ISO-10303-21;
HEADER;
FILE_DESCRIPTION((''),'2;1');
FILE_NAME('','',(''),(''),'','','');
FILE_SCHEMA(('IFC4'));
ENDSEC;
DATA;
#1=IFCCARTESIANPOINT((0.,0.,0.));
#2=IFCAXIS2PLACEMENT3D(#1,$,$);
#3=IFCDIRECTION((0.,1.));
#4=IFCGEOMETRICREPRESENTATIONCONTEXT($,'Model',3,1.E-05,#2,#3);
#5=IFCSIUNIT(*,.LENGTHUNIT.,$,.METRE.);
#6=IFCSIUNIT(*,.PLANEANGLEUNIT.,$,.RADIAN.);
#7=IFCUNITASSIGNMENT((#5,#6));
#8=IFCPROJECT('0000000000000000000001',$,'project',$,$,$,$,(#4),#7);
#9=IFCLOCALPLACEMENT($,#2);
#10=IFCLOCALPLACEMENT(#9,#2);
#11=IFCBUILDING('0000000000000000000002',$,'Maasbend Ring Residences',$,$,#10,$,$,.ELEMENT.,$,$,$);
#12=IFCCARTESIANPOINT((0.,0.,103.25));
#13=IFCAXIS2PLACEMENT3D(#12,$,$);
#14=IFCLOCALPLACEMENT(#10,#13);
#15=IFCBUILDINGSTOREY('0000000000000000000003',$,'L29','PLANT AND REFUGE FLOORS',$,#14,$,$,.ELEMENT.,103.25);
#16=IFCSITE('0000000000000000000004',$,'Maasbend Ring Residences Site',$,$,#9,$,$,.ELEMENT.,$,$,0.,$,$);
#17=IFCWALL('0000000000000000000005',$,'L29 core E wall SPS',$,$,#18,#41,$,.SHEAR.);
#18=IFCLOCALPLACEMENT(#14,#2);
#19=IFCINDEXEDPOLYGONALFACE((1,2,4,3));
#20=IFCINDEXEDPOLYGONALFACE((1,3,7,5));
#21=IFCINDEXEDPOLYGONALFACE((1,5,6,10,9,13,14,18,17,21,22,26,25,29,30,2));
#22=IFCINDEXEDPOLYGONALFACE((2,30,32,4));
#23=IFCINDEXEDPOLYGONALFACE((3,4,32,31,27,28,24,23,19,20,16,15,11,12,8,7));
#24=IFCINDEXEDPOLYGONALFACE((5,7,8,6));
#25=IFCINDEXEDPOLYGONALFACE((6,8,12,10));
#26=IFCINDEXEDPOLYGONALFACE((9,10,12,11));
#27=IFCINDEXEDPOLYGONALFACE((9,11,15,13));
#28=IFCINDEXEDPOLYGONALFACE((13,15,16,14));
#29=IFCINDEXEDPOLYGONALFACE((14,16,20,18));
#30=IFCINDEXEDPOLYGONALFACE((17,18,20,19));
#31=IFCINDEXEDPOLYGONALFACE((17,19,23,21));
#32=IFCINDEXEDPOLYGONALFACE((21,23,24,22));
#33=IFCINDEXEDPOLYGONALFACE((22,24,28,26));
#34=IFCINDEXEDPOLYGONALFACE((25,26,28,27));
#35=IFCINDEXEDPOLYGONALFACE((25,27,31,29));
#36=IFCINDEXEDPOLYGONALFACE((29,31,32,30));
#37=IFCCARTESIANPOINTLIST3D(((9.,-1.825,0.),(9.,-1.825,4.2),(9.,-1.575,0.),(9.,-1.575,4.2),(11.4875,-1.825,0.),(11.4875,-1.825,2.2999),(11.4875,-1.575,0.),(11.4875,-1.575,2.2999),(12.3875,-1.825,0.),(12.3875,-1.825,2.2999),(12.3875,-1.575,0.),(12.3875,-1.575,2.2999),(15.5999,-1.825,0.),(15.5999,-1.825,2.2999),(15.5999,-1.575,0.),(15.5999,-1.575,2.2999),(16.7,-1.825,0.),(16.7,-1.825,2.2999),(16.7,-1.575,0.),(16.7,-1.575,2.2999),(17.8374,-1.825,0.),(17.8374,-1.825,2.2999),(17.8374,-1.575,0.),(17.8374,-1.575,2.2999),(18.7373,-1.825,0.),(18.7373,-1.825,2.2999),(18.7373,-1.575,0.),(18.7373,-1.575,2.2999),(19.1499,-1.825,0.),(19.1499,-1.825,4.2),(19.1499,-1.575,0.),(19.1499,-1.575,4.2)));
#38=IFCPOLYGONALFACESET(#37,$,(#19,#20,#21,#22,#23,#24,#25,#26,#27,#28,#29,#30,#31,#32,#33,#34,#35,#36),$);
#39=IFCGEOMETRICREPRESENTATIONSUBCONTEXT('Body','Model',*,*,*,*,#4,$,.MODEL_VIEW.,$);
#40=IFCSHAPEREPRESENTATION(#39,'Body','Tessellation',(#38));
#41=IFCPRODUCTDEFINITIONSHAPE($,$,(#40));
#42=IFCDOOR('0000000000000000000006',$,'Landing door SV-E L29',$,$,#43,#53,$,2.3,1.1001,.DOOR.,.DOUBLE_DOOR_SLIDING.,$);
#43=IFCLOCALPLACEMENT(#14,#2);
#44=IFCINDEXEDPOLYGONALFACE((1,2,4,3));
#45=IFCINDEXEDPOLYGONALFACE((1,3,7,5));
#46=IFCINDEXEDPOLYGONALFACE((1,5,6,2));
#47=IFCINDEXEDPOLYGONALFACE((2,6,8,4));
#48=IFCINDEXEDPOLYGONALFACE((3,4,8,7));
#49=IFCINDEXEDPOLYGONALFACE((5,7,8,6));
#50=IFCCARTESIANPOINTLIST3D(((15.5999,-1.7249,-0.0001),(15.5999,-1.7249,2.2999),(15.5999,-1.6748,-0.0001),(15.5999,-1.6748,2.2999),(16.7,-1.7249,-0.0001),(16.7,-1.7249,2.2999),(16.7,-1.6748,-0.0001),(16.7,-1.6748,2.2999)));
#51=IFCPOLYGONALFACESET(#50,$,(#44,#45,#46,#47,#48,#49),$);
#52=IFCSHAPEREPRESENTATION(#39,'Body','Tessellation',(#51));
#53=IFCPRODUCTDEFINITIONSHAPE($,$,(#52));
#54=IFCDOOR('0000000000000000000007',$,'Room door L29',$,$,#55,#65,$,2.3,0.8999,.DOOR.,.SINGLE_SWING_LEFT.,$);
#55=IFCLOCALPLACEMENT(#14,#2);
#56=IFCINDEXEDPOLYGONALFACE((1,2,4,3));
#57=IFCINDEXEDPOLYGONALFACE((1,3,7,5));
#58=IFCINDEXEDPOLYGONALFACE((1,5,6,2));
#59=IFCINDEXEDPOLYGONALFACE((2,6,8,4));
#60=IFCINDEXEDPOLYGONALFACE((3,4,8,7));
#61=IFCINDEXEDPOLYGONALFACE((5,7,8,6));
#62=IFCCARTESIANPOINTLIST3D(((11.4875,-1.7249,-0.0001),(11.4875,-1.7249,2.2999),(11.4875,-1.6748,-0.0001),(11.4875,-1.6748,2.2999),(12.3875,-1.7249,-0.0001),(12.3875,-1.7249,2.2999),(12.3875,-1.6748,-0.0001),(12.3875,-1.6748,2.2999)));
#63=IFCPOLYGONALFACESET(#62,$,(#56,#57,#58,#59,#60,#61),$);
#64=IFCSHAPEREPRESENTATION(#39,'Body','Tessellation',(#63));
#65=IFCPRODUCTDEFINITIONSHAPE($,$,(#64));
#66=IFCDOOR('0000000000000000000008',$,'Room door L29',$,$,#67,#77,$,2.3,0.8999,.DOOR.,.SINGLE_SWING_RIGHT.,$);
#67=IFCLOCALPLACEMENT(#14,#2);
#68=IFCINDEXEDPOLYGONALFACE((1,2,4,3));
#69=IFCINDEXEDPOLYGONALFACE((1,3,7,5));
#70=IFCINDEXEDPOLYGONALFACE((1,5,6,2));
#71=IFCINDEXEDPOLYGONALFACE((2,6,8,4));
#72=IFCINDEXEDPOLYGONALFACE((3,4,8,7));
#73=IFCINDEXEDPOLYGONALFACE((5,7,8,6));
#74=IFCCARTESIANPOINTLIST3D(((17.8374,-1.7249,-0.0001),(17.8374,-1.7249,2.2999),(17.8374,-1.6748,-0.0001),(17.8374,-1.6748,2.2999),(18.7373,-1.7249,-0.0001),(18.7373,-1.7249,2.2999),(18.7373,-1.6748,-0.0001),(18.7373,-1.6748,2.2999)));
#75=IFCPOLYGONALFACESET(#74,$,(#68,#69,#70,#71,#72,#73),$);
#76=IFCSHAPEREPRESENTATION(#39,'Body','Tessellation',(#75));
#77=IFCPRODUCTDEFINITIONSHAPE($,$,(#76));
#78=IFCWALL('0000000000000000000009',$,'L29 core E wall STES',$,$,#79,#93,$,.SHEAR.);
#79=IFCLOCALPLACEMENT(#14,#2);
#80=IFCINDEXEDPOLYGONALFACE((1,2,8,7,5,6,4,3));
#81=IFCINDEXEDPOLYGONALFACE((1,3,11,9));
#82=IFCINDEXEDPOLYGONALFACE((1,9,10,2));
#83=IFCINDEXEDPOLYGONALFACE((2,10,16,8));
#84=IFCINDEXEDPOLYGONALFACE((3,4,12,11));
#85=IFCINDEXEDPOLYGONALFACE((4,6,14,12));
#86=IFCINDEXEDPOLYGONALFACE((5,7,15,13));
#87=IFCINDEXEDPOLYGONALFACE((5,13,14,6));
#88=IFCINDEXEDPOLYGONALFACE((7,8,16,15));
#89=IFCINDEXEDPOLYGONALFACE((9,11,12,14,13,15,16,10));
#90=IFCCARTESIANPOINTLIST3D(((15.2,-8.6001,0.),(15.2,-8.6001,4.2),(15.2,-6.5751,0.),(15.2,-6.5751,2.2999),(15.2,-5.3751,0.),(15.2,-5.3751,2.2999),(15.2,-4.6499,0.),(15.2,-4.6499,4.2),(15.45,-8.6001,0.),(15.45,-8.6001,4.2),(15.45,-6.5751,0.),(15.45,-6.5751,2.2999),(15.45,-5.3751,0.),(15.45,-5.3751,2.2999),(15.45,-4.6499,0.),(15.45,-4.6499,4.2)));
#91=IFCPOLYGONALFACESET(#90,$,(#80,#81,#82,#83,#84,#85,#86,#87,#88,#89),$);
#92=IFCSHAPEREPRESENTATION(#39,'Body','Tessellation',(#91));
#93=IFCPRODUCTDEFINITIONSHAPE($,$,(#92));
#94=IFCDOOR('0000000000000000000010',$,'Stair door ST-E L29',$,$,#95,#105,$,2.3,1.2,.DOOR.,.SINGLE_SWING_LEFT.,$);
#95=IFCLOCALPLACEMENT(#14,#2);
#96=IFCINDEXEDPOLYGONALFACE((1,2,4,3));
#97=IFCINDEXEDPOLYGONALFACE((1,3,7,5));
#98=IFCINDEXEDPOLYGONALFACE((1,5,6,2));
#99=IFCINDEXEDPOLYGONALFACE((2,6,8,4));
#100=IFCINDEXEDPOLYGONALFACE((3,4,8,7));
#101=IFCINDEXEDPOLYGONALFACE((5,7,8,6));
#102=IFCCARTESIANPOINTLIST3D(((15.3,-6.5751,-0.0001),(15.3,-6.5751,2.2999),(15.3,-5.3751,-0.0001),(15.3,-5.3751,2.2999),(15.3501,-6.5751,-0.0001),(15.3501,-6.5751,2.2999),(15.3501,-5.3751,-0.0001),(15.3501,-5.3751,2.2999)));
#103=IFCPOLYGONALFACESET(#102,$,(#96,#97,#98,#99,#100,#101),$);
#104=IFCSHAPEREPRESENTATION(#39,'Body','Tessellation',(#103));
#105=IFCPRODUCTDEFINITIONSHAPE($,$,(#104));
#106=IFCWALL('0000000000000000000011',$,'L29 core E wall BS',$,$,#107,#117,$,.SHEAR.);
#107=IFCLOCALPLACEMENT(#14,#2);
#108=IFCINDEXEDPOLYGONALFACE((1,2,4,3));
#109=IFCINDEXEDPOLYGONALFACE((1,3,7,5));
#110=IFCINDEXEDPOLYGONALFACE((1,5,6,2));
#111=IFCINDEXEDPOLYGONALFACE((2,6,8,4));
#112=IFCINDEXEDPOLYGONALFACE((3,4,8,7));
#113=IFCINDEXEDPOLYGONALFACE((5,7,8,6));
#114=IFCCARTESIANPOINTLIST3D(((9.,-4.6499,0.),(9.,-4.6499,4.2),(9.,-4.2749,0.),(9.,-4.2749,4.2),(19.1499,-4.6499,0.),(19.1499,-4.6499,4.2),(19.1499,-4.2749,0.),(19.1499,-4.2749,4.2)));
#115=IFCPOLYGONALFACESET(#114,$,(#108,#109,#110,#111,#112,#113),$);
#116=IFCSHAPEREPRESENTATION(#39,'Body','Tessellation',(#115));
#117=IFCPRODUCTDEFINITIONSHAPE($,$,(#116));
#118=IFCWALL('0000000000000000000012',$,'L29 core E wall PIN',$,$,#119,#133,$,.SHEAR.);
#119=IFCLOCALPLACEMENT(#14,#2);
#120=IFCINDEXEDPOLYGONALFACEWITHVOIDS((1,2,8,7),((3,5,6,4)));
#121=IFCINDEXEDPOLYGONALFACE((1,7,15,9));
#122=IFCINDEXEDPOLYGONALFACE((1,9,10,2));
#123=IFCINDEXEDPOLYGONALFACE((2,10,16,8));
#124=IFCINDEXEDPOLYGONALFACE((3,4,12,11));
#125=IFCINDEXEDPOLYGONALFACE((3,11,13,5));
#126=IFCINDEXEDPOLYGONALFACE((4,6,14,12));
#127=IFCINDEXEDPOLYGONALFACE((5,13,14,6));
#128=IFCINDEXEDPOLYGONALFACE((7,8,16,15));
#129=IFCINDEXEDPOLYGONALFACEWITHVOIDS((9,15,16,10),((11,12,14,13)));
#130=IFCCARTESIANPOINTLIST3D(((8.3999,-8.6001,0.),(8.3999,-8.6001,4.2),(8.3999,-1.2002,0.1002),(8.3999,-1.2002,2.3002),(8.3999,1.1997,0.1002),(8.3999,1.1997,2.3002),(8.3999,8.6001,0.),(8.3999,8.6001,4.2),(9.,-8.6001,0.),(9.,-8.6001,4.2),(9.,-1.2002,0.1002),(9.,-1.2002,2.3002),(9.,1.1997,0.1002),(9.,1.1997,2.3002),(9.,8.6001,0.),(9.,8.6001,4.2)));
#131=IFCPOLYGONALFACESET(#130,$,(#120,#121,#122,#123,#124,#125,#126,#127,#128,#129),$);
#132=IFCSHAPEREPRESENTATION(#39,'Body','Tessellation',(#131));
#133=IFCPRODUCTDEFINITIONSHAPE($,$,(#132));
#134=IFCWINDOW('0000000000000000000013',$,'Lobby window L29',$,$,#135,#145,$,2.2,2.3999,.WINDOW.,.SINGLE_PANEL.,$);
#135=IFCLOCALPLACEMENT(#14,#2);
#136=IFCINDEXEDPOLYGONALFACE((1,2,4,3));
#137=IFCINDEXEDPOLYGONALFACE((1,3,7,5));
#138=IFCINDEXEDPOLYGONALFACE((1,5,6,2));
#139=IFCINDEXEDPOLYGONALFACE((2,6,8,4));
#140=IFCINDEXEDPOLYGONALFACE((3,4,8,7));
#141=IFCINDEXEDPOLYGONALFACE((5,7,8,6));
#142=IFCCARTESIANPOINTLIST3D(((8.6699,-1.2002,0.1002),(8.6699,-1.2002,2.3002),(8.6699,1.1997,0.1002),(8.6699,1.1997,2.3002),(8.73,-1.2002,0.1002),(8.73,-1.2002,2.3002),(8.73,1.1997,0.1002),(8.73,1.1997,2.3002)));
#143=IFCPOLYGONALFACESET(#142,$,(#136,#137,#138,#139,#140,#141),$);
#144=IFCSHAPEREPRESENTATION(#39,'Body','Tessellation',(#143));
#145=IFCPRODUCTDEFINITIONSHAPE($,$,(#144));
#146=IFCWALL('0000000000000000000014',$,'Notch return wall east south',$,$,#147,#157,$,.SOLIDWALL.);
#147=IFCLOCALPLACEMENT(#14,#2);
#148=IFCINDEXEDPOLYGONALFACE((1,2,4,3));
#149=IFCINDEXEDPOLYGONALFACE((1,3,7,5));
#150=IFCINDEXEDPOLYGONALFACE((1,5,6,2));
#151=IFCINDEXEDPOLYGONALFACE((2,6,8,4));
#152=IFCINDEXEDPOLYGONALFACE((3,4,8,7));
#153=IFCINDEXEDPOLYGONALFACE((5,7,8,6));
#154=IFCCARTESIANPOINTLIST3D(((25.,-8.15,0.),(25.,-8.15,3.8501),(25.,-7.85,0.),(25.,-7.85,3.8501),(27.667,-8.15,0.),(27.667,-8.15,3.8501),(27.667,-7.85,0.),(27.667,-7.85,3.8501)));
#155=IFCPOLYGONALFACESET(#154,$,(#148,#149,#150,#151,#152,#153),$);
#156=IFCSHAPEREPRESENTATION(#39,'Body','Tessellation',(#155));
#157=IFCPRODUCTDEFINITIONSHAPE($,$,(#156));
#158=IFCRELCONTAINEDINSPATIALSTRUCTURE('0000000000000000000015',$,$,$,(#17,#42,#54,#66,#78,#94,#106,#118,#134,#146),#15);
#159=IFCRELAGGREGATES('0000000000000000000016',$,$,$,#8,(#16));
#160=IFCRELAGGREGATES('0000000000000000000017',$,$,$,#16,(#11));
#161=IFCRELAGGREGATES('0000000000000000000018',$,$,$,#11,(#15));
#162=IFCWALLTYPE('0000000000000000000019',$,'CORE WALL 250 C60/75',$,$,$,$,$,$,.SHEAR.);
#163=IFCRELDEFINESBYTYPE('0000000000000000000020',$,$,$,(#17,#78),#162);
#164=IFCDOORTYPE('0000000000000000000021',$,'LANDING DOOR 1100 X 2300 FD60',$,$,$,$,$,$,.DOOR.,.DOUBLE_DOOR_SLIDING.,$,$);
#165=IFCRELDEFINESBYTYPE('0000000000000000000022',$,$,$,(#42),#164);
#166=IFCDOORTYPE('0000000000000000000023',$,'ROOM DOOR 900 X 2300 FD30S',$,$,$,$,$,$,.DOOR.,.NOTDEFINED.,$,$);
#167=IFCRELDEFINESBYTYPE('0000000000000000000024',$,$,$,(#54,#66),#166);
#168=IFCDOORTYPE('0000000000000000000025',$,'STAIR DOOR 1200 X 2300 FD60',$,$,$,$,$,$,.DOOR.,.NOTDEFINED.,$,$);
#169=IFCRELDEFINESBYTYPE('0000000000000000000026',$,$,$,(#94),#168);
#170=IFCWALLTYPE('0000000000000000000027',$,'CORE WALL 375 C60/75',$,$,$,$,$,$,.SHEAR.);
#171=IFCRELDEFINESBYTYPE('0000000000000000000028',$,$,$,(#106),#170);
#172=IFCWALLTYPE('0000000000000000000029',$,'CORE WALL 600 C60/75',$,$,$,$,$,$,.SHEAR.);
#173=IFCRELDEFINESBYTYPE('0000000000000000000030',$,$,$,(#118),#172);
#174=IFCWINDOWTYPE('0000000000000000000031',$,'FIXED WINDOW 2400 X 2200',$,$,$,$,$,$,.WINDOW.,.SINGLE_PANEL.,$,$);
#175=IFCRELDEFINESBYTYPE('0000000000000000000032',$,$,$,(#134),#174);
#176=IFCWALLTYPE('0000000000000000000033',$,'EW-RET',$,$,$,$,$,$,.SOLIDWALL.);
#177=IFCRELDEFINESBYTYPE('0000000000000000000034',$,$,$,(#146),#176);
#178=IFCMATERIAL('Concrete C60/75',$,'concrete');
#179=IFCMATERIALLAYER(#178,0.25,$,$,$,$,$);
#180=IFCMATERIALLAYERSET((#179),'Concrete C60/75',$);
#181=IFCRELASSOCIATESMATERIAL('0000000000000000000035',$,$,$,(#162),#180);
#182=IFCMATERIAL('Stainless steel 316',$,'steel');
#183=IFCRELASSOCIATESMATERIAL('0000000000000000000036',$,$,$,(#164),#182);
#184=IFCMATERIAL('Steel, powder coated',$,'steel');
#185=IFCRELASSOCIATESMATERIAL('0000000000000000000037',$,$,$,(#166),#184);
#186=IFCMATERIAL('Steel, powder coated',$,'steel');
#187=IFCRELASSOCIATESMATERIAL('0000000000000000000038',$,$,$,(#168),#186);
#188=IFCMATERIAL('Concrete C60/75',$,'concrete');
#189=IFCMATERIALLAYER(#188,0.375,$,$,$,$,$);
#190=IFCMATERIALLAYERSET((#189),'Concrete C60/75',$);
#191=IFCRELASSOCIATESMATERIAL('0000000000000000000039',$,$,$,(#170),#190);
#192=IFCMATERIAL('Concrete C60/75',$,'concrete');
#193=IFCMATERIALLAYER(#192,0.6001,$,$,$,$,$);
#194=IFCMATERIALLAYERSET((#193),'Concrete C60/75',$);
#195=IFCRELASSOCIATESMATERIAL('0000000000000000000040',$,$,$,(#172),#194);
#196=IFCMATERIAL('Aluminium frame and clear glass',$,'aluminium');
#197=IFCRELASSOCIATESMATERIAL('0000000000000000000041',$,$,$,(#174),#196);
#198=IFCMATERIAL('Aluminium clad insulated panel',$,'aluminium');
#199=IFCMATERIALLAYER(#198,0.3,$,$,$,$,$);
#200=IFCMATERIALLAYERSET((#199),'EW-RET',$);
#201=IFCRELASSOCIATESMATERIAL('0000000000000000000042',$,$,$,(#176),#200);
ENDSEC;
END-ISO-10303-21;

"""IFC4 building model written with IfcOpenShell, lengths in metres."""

from ifc_helpers import new_model, si_unit, direction, frame, frame_2d, origin, place, context, subcontext, project, spatial, rectangle, extrude, material, layer, layer_set, type_object, element, fill, save


model = new_model("IFC4")

# Units and contexts
model_context = context("Model", 3, precision=1e-05, world=origin(), true_north=direction((0.0, 1.0)))
body_context = subcontext(model_context, "Body", "Model", "MODEL_VIEW")
ifc_project = project(units=[si_unit("LENGTHUNIT", "METRE"), si_unit("PLANEANGLEUNIT", "RADIAN")], contexts=[model_context])

# Site, building, storey
site_placement = place(None, origin())
site = spatial("IfcSite", under=ifc_project, at=site_placement, Name="Maasbend Ring Residences Site", CompositionType="ELEMENT", RefElevation=0.0)
building_placement = place(site_placement, origin())
building = spatial("IfcBuilding", under=site, at=building_placement, Name="Maasbend Ring Residences", CompositionType="ELEMENT")
storey_placement = place(building_placement, frame((0.0, 0.0, 103.25)))
storey = spatial("IfcBuildingStorey", under=building, at=storey_placement, Name="L29", Description="PLANT AND REFUGE FLOORS", CompositionType="ELEMENT", Elevation=103.25)

# Wall, openings, doors
ifc_material_1 = material(Name="Concrete C60/75", Category="concrete")
ifc_layer_1 = layer(ifc_material_1, 0.25)
ifc_layer_set_1 = layer_set([ifc_layer_1], Name="Concrete C60/75")
wall_type_1 = type_object("IfcWallType", Name="CORE WALL 250 C60/75", PredefinedType="SHEAR", material=ifc_layer_set_1)
wall_1_placement = place(storey_placement, frame((19.1499, -1.7, 0.0), z_axis=(0.0, 0.0, 1.0), x_axis=(-1.0, 0.0, 0.0)))
wall_1 = element("IfcWall", 1, at=wall_1_placement, inside=storey, type_object=wall_type_1, Name="L29 core E wall SPS", PredefinedType="SHEAR", context=body_context, shape_type="SweptSolid", body=[
    extrude(rectangle(XDim=10.1499, YDim=0.25, at=frame_2d((5.075, 0.0))), origin(), (0.0, 0.0, 1.0), 4.2),
])
opening_1_placement = place(wall_1_placement, frame((2.45, 0.0, 0.0)))
opening_1 = element("IfcOpeningElement", 2, at=opening_1_placement, cuts=wall_1, PredefinedType="OPENING", context=body_context, shape_type="SweptSolid", body=[
    extrude(rectangle(XDim=1.1001, YDim=2.3, at=frame_2d((0.55, 1.1499))), frame((0.0, 0.135, 0.0), z_axis=(0.0, -1.0, 0.0), x_axis=(1.0, 0.0, 0.0)), (0.0, 0.0, 1.0), 0.27),
])
opening_2_placement = place(wall_1_placement, frame((6.7625, 0.0, 0.0)))
opening_2 = element("IfcOpeningElement", 3, at=opening_2_placement, cuts=wall_1, PredefinedType="OPENING", context=body_context, shape_type="SweptSolid", body=[
    extrude(rectangle(XDim=0.8999, YDim=2.3, at=frame_2d((0.45, 1.1499))), frame((0.0, 0.135, 0.0), z_axis=(0.0, -1.0, 0.0), x_axis=(1.0, 0.0, 0.0)), (0.0, 0.0, 1.0), 0.27),
])
opening_3_placement = place(wall_1_placement, frame((0.4126, 0.0, 0.0)))
opening_3 = element("IfcOpeningElement", 4, at=opening_3_placement, cuts=wall_1, PredefinedType="OPENING", context=body_context, shape_type="SweptSolid", body=[
    extrude(rectangle(XDim=0.8999, YDim=2.3, at=frame_2d((0.45, 1.1499))), frame((0.0, 0.135, 0.0), z_axis=(0.0, -1.0, 0.0), x_axis=(1.0, 0.0, 0.0)), (0.0, 0.0, 1.0), 0.27),
])
ifc_material_2 = material(Name="Stainless steel 316", Category="steel")
door_type_1 = type_object("IfcDoorType", Name="LANDING DOOR 1100 X 2300 FD60", OperationType="DOUBLE_DOOR_SLIDING", PredefinedType="DOOR", material=ifc_material_2)
door_1_placement = place(opening_1_placement, origin())
door_1 = element("IfcDoor", 5, at=door_1_placement, inside=storey, type_object=door_type_1, Name="Landing door SV-E L29", OperationType="DOUBLE_DOOR_SLIDING", OverallHeight=2.3, OverallWidth=1.1001, PredefinedType="DOOR", context=body_context, shape_type="SweptSolid", body=[
    extrude(rectangle(XDim=1.1001, YDim=2.3, at=frame_2d((0.55, 1.1499))), frame((0.0, 0.0249, 0.0), z_axis=(0.0, -1.0, 0.0), x_axis=(1.0, 0.0, 0.0)), (0.0, 0.0, 1.0), 0.05),
])
fill(opening_1, door_1)
ifc_material_3 = material(Name="Steel, powder coated", Category="steel")
door_type_2 = type_object("IfcDoorType", Name="ROOM DOOR 900 X 2300 FD30S", OperationType="NOTDEFINED", PredefinedType="DOOR", material=ifc_material_3)
door_2_placement = place(opening_2_placement, origin())
door_2 = element("IfcDoor", 6, at=door_2_placement, inside=storey, type_object=door_type_2, Name="Room door L29", OperationType="SINGLE_SWING_LEFT", OverallHeight=2.3, OverallWidth=0.8999, PredefinedType="DOOR", context=body_context, shape_type="SweptSolid", body=[
    extrude(rectangle(XDim=0.8999, YDim=2.3, at=frame_2d((0.45, 1.1499))), frame((0.0, 0.0249, 0.0), z_axis=(0.0, -1.0, 0.0), x_axis=(1.0, 0.0, 0.0)), (0.0, 0.0, 1.0), 0.05),
])
fill(opening_2, door_2)
door_3_placement = place(opening_3_placement, origin())
door_3 = element("IfcDoor", 7, at=door_3_placement, inside=storey, type_object=door_type_2, Name="Room door L29", OperationType="SINGLE_SWING_RIGHT", OverallHeight=2.3, OverallWidth=0.8999, PredefinedType="DOOR", context=body_context, shape_type="SweptSolid", body=[
    extrude(rectangle(XDim=0.8999, YDim=2.3, at=frame_2d((0.45, 1.1499))), frame((0.0, 0.0249, 0.0), z_axis=(0.0, -1.0, 0.0), x_axis=(1.0, 0.0, 0.0)), (0.0, 0.0, 1.0), 0.05),
])
fill(opening_3, door_3)

# Wall, opening, door
wall_2_placement = place(storey_placement, frame((15.325, -8.6001, 0.0), z_axis=(0.0, 0.0, 1.0), x_axis=(0.0, 1.0, 0.0)))
wall_2 = element("IfcWall", 8, at=wall_2_placement, inside=storey, type_object=wall_type_1, Name="L29 core E wall STES", PredefinedType="SHEAR", context=body_context, shape_type="SweptSolid", body=[
    extrude(rectangle(XDim=3.9502, YDim=0.25, at=frame_2d((1.9751, 0.0))), origin(), (0.0, 0.0, 1.0), 4.2),
])
opening_4_placement = place(wall_2_placement, frame((2.0249, 0.0, 0.0)))
opening_4 = element("IfcOpeningElement", 9, at=opening_4_placement, cuts=wall_2, PredefinedType="OPENING", context=body_context, shape_type="SweptSolid", body=[
    extrude(rectangle(XDim=1.2, YDim=2.3, at=frame_2d((0.6001, 1.1499))), frame((0.0, 0.135, 0.0), z_axis=(0.0, -1.0, 0.0), x_axis=(1.0, 0.0, 0.0)), (0.0, 0.0, 1.0), 0.27),
])
ifc_material_4 = material(Name="Steel, powder coated", Category="steel")
door_type_3 = type_object("IfcDoorType", Name="STAIR DOOR 1200 X 2300 FD60", OperationType="NOTDEFINED", PredefinedType="DOOR", material=ifc_material_4)
door_4_placement = place(opening_4_placement, origin())
door_4 = element("IfcDoor", 10, at=door_4_placement, inside=storey, type_object=door_type_3, Name="Stair door ST-E L29", OperationType="SINGLE_SWING_LEFT", OverallHeight=2.3, OverallWidth=1.2, PredefinedType="DOOR", context=body_context, shape_type="SweptSolid", body=[
    extrude(rectangle(XDim=1.2, YDim=2.3, at=frame_2d((0.6001, 1.1499))), frame((0.0, 0.0249, 0.0), z_axis=(0.0, -1.0, 0.0), x_axis=(1.0, 0.0, 0.0)), (0.0, 0.0, 1.0), 0.05),
])
fill(opening_4, door_4)

# Wall
ifc_material_5 = material(Name="Concrete C60/75", Category="concrete")
ifc_layer_2 = layer(ifc_material_5, 0.375)
ifc_layer_set_2 = layer_set([ifc_layer_2], Name="Concrete C60/75")
wall_type_2 = type_object("IfcWallType", Name="CORE WALL 375 C60/75", PredefinedType="SHEAR", material=ifc_layer_set_2)
wall_3_placement = place(storey_placement, frame((9.0, -4.4624, 0.0), z_axis=(0.0, 0.0, 1.0), x_axis=(1.0, 0.0, 0.0)))
element("IfcWall", 11, at=wall_3_placement, inside=storey, type_object=wall_type_2, Name="L29 core E wall BS", PredefinedType="SHEAR", context=body_context, shape_type="SweptSolid", body=[
    extrude(rectangle(XDim=10.1499, YDim=0.375, at=frame_2d((5.075, 0.0))), origin(), (0.0, 0.0, 1.0), 4.2),
])

# Wall, opening, window
ifc_material_6 = material(Name="Concrete C60/75", Category="concrete")
ifc_layer_3 = layer(ifc_material_6, 0.6001)
ifc_layer_set_3 = layer_set([ifc_layer_3], Name="Concrete C60/75")
wall_type_3 = type_object("IfcWallType", Name="CORE WALL 600 C60/75", PredefinedType="SHEAR", material=ifc_layer_set_3)
wall_4_placement = place(storey_placement, frame((8.7, -8.6001, 0.0), z_axis=(0.0, 0.0, 1.0), x_axis=(0.0, 1.0, 0.0)))
wall_4 = element("IfcWall", 12, at=wall_4_placement, inside=storey, type_object=wall_type_3, Name="L29 core E wall PIN", PredefinedType="SHEAR", context=body_context, shape_type="SweptSolid", body=[
    extrude(rectangle(XDim=17.2002, YDim=0.6001, at=frame_2d((8.6001, 0.0))), origin(), (0.0, 0.0, 1.0), 4.2),
])
opening_5_placement = place(wall_4_placement, frame((7.3999, 0.0, 0.1001)))
opening_5 = element("IfcOpeningElement", 13, at=opening_5_placement, cuts=wall_4, PredefinedType="OPENING", context=body_context, shape_type="SweptSolid", body=[
    extrude(rectangle(XDim=2.3999, YDim=2.2, at=frame_2d((1.2, 1.1001))), frame((0.0, 0.3101, 0.0), z_axis=(0.0, -1.0, 0.0), x_axis=(1.0, 0.0, 0.0)), (0.0, 0.0, 1.0), 0.6201),
])
ifc_material_7 = material(Name="Aluminium frame and clear glass", Category="aluminium")
window_type = type_object("IfcWindowType", Name="FIXED WINDOW 2400 X 2200", PartitioningType="SINGLE_PANEL", PredefinedType="WINDOW", material=ifc_material_7)
window_placement = place(opening_5_placement, origin())
window = element("IfcWindow", 14, at=window_placement, inside=storey, type_object=window_type, Name="Lobby window L29", OverallHeight=2.2, OverallWidth=2.3999, PartitioningType="SINGLE_PANEL", PredefinedType="WINDOW", context=body_context, shape_type="SweptSolid", body=[
    extrude(rectangle(XDim=2.3999, YDim=2.2, at=frame_2d((1.2, 1.1001))), frame((0.0, 0.03, 0.0), z_axis=(0.0, -1.0, 0.0), x_axis=(1.0, 0.0, 0.0)), (0.0, 0.0, 1.0), 0.0601),
])
fill(opening_5, window)

# Wall
ifc_material_8 = material(Name="Aluminium clad insulated panel", Category="aluminium")
ifc_layer_4 = layer(ifc_material_8, 0.3)
ifc_layer_set_4 = layer_set([ifc_layer_4], Name="EW-RET")
wall_type_4 = type_object("IfcWallType", Name="EW-RET", PredefinedType="SOLIDWALL", material=ifc_layer_set_4)
wall_5_placement = place(storey_placement, frame((25.0, -8.0, 0.0), z_axis=(0.0, 0.0, 1.0), x_axis=(1.0, 0.0, 0.0)))
element("IfcWall", 15, at=wall_5_placement, inside=storey, type_object=wall_type_4, Name="Notch return wall east south", PredefinedType="SOLIDWALL", context=body_context, shape_type="SweptSolid", body=[
    extrude(rectangle(XDim=2.667, YDim=0.3, at=frame_2d((1.3335, 0.0))), origin(), (0.0, 0.0, 1.0), 3.8501),
])

save(model, "model.ifc")
